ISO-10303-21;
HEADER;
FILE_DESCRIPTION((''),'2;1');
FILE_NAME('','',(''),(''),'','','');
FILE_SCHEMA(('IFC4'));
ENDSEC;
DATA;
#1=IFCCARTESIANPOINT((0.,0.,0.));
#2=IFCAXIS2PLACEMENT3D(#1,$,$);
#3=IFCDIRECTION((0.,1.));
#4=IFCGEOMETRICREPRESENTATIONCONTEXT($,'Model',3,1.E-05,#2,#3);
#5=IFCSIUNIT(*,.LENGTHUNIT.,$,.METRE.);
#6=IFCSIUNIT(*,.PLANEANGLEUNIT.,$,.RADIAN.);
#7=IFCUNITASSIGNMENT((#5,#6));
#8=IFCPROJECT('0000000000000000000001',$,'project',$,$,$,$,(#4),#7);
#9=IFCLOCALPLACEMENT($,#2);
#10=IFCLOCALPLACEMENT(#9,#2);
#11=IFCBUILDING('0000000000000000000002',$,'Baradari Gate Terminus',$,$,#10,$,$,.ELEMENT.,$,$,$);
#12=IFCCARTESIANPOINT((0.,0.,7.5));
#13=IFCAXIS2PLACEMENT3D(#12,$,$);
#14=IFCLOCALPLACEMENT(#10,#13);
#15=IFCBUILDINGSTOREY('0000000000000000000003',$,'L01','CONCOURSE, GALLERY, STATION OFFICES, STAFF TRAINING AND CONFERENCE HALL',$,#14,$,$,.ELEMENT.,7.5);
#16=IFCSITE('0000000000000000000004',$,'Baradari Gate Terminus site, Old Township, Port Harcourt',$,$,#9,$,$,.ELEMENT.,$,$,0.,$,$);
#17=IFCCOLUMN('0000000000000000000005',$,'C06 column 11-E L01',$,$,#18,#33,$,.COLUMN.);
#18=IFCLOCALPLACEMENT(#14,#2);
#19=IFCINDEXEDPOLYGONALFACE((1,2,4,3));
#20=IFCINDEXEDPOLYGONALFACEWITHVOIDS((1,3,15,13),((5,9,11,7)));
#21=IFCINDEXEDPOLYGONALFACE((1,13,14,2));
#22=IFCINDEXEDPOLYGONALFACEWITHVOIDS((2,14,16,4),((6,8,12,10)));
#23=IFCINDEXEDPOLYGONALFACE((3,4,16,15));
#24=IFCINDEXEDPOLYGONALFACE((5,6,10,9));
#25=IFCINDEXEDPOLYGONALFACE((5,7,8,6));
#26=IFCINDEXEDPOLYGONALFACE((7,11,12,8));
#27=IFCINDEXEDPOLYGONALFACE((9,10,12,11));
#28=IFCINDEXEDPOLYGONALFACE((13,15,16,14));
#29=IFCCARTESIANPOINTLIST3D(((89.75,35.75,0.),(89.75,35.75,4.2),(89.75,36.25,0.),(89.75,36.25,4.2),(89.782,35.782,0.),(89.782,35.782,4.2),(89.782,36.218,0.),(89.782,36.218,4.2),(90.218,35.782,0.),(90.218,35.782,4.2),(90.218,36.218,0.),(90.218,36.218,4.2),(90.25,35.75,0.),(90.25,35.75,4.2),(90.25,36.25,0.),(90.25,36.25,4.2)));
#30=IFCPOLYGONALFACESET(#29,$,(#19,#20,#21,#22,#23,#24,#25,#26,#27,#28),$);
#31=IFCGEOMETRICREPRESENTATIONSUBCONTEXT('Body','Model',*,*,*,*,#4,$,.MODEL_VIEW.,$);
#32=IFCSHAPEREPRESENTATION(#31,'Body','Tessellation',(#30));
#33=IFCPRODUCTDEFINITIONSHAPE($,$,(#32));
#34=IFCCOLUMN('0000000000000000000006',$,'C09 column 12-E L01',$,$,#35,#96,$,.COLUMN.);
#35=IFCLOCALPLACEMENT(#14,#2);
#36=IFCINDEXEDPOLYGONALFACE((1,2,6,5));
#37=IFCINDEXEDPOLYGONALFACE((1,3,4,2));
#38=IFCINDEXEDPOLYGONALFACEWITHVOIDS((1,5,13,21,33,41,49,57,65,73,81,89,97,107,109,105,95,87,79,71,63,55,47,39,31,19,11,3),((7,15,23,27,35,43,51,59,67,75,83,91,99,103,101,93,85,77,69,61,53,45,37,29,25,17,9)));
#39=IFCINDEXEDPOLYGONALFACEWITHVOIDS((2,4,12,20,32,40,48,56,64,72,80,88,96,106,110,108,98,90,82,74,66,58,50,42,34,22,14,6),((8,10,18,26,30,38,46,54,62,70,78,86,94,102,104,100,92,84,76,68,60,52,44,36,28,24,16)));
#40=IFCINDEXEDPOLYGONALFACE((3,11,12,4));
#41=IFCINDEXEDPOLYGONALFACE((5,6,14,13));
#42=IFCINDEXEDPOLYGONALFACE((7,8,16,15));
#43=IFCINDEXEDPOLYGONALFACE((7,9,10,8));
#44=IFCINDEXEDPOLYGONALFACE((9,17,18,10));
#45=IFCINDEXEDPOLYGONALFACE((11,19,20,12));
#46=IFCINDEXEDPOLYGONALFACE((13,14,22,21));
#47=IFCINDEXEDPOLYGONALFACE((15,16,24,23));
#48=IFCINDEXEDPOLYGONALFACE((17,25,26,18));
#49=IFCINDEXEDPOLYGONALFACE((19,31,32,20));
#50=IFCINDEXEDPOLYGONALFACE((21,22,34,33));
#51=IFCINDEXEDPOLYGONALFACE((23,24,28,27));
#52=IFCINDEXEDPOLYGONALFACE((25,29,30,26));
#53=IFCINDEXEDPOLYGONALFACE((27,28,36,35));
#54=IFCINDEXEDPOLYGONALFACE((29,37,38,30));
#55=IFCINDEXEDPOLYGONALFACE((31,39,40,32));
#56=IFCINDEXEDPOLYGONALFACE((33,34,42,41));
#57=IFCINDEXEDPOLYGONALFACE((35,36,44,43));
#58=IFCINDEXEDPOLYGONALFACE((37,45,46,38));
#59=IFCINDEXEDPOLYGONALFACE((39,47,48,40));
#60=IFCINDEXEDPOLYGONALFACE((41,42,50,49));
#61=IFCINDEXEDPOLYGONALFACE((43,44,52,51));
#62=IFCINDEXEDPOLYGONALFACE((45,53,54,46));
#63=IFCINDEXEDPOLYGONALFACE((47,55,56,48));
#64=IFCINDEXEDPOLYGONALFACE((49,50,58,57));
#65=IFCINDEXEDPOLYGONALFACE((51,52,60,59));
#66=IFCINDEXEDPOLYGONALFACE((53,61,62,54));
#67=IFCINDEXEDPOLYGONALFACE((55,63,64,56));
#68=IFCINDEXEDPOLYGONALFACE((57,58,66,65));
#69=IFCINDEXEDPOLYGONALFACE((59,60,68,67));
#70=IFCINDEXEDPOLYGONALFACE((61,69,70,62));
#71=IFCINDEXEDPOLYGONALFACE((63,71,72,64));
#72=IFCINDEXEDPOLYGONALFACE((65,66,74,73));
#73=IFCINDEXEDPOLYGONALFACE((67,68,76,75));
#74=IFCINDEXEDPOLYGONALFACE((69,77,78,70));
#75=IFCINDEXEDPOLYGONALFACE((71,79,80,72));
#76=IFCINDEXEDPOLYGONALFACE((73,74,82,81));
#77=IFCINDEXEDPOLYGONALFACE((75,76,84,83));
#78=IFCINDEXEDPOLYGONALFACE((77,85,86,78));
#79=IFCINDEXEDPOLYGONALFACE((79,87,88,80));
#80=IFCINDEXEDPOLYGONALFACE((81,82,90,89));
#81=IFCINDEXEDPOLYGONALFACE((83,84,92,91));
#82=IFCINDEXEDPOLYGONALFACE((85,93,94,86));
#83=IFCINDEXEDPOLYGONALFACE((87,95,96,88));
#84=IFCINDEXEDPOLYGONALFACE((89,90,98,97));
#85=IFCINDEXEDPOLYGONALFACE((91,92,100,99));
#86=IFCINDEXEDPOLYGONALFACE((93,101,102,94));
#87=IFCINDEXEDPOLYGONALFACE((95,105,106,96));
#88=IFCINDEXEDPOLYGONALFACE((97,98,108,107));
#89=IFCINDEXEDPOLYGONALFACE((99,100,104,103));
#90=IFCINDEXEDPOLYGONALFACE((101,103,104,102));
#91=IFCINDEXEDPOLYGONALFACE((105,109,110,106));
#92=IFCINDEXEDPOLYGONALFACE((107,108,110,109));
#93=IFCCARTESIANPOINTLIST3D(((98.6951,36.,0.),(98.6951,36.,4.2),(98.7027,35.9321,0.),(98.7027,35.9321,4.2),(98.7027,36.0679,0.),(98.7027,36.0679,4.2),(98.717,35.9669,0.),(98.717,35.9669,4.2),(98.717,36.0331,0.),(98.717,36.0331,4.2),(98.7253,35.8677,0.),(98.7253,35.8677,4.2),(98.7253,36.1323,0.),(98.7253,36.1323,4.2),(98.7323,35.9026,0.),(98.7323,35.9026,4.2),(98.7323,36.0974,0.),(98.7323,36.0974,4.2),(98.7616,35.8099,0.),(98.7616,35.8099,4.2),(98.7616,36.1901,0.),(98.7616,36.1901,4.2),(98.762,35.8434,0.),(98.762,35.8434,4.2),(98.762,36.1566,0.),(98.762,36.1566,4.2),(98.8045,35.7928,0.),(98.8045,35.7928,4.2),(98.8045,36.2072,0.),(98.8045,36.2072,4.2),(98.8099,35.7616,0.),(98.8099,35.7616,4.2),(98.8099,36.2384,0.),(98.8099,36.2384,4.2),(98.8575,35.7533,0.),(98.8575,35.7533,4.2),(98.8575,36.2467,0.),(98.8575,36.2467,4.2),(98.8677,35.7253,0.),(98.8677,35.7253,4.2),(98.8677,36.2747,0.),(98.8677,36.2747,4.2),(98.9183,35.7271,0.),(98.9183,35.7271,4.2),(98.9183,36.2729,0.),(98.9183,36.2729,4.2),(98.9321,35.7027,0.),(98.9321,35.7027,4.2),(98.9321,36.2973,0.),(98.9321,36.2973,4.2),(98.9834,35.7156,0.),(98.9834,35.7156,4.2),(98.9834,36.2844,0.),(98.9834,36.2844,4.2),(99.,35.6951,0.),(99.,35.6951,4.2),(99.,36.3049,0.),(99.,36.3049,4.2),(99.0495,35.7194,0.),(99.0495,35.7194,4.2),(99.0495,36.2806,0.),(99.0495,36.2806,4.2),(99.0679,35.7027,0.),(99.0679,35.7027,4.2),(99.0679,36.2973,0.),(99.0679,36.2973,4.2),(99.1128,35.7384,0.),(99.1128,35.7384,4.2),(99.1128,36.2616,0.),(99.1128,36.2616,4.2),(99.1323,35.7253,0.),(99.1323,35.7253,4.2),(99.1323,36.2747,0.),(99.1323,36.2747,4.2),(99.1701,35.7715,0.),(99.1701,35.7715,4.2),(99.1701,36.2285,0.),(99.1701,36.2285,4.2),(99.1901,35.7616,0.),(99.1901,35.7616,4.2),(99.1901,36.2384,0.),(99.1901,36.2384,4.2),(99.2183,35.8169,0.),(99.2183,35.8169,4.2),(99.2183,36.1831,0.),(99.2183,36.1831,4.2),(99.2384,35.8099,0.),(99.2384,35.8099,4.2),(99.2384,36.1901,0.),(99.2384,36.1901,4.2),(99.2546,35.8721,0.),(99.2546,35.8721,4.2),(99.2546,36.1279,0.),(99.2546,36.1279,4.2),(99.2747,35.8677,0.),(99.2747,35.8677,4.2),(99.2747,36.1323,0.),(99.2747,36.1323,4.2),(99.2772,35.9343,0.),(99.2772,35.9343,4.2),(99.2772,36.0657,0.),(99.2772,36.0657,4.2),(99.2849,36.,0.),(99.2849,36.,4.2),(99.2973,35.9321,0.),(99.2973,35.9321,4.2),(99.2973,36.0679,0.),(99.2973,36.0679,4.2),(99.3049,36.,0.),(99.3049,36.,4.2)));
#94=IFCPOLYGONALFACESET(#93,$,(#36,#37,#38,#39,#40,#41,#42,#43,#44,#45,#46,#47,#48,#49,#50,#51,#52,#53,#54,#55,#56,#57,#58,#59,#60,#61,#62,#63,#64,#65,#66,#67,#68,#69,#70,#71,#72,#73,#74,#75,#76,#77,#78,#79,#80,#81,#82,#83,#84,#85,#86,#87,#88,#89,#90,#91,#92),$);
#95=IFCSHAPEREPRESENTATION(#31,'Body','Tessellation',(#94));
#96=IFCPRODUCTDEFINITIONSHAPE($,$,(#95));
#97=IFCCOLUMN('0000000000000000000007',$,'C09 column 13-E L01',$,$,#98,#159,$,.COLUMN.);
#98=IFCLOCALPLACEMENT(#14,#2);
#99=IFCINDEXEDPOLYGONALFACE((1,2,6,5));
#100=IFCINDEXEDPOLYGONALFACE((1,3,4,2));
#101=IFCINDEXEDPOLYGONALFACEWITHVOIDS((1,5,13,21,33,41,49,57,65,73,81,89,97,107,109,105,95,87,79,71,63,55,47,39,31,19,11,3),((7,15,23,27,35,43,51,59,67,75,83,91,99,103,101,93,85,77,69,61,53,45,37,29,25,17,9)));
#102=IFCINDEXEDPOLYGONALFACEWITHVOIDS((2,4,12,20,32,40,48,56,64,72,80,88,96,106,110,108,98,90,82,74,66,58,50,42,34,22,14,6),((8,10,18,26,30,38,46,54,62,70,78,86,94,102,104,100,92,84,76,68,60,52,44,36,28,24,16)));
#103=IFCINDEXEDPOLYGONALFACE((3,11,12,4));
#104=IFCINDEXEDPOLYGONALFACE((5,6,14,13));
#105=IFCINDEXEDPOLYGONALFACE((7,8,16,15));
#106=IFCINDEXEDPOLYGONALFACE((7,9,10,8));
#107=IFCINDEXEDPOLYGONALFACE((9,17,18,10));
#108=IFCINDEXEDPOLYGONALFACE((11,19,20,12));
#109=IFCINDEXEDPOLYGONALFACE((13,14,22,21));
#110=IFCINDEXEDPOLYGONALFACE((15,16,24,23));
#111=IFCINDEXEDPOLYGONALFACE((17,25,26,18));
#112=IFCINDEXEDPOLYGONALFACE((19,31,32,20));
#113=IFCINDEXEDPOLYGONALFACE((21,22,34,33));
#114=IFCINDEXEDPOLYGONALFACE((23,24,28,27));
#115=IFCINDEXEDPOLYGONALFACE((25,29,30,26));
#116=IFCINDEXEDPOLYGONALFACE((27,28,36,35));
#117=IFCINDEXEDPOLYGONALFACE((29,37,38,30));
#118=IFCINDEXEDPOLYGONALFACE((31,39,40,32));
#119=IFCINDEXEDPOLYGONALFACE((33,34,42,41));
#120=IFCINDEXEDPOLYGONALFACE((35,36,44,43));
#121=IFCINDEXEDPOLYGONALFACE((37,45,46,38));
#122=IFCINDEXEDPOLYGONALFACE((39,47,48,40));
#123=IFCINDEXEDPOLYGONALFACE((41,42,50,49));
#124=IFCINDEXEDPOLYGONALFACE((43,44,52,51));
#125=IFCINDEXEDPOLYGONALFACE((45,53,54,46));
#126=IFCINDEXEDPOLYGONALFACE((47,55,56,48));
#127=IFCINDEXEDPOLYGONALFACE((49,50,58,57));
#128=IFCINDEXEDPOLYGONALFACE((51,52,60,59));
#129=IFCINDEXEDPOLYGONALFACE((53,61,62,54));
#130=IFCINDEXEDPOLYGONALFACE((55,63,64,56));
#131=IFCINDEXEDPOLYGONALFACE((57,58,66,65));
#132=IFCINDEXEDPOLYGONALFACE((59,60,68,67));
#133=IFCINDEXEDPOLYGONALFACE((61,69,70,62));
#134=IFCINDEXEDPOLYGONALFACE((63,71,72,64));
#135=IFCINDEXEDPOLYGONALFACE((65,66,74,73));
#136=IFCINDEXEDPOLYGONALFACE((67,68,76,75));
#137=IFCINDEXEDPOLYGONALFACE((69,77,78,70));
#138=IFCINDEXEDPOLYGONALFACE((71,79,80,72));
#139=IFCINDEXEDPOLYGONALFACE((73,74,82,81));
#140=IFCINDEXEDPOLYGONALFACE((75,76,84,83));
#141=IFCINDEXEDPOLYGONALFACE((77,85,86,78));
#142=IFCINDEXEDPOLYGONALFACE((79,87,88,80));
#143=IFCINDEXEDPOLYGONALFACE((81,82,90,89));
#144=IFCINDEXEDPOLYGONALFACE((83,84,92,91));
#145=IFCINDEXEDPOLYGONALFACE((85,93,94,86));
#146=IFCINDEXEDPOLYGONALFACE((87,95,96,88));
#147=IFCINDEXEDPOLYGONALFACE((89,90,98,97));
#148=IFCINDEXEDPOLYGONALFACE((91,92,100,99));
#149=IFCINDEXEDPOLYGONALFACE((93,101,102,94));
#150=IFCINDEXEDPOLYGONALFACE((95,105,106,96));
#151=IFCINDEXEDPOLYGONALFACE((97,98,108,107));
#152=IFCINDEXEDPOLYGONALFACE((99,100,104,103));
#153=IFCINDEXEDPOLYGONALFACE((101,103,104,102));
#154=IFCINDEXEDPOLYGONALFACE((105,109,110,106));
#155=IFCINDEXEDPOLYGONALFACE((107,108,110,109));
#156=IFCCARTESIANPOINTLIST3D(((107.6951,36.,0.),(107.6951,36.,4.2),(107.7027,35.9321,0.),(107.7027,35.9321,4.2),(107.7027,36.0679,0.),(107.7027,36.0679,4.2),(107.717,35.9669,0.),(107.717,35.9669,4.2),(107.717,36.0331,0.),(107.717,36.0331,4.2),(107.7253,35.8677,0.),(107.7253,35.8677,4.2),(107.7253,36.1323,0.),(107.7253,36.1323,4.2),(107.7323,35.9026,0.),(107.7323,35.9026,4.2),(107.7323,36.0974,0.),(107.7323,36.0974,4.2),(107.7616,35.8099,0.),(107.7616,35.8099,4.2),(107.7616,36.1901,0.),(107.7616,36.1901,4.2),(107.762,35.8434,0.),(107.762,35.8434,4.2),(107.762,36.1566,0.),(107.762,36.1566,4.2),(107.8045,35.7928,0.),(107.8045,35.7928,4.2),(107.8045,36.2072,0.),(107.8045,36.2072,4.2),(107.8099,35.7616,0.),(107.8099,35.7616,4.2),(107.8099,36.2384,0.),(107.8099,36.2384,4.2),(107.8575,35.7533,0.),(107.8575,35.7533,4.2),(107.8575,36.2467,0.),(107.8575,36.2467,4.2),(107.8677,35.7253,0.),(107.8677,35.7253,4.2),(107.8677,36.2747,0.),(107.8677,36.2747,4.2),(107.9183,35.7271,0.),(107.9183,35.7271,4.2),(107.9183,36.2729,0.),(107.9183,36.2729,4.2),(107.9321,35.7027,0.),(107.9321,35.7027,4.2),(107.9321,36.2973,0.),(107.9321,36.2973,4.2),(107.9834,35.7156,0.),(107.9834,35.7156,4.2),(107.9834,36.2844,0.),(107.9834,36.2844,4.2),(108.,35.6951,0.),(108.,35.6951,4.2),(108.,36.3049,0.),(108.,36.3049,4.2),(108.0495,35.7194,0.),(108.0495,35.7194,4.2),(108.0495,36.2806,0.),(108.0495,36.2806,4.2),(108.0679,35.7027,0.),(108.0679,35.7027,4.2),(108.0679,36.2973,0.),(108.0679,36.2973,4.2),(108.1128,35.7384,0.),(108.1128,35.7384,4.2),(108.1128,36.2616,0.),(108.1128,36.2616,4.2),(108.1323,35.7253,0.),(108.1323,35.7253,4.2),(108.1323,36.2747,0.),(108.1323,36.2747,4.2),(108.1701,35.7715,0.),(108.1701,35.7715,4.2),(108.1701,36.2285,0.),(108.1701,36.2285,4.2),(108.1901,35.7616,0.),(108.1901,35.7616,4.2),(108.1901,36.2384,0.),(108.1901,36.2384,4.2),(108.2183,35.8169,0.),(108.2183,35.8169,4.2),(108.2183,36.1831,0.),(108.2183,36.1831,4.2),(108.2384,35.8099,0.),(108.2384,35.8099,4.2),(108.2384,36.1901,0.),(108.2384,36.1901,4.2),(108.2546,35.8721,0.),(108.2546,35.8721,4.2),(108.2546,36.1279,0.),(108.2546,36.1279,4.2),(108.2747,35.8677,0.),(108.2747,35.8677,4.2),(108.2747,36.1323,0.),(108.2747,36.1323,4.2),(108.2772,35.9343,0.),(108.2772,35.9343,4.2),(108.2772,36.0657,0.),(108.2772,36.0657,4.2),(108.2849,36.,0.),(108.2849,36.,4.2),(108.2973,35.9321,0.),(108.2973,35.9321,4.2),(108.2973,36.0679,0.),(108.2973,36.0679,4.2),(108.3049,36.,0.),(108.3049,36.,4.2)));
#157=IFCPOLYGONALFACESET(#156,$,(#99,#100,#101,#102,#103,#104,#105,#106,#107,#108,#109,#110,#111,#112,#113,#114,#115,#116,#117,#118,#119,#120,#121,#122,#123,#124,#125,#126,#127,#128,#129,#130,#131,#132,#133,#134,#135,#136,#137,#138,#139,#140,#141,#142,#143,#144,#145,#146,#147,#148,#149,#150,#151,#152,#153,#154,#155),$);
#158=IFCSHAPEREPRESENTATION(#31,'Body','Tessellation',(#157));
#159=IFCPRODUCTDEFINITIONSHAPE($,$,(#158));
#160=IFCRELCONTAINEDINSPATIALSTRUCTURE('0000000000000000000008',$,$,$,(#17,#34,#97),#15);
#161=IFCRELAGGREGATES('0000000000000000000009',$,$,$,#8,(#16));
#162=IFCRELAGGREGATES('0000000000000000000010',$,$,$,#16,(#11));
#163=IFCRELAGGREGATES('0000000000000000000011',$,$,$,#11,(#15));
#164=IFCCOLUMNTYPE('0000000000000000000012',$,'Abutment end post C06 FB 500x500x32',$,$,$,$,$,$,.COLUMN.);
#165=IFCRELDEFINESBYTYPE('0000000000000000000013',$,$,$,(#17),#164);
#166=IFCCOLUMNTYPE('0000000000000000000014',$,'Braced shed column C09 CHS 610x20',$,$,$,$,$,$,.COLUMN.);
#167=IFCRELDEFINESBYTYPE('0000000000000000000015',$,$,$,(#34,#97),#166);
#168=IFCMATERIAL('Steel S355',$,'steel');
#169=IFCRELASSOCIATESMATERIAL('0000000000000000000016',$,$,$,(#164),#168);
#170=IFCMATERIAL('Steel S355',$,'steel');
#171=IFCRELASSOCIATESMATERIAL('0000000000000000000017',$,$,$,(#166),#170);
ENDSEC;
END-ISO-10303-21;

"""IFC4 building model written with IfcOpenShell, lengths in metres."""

from ifc_helpers import new_model, si_unit, direction, frame, origin, origin_2d, place, context, subcontext, project, spatial, hollow_rectangle, hollow_circle, extrude, material, material_profile, profile_set, type_object, element, save


model = new_model("IFC4")

# Units and contexts
model_context = context("Model", 3, precision=1e-05, world=origin(), true_north=direction((0.0, 1.0)))
body_context = subcontext(model_context, "Body", "Model", "MODEL_VIEW")
ifc_project = project(units=[si_unit("LENGTHUNIT", "METRE"), si_unit("PLANEANGLEUNIT", "RADIAN")], contexts=[model_context])

# Site, building, storey
site_placement = place(None, origin())
site = spatial("IfcSite", under=ifc_project, at=site_placement, Name="Baradari Gate Terminus site, Old Township, Port Harcourt", CompositionType="ELEMENT", RefElevation=0.0)
building_placement = place(site_placement, origin())
building = spatial("IfcBuilding", under=site, at=building_placement, Name="Baradari Gate Terminus", CompositionType="ELEMENT")
storey_placement = place(building_placement, frame((0.0, 0.0, 7.5)))
storey = spatial("IfcBuildingStorey", under=building, at=storey_placement, Name="L01", Description="CONCOURSE, GALLERY, STATION OFFICES, STAFF TRAINING AND CONFERENCE HALL", CompositionType="ELEMENT", Elevation=7.5)

# Columns
ifc_material_1 = material(Name="Steel S355", Category="steel")
ifc_material_profile_1 = material_profile(ifc_material_1, hollow_rectangle(XDim=0.5, YDim=0.5, WallThickness=0.032, at=origin_2d()), Name="FB 500x500x32")
ifc_profile_set_1 = profile_set([ifc_material_profile_1], Name="Steel S355")
column_type_1 = type_object("IfcColumnType", Name="Abutment end post C06 FB 500x500x32", PredefinedType="COLUMN", material=ifc_profile_set_1)
column_placement = place(storey_placement, frame((90.0, 36.0, 0.0), z_axis=(0.0, 0.0, 1.0), x_axis=(1.0, 0.0, 0.0)))
element("IfcColumn", 1, at=column_placement, inside=storey, type_object=column_type_1, Name="C06 column 11-E L01", PredefinedType="COLUMN", context=body_context, shape_type="SweptSolid", body=[
    extrude(hollow_rectangle(XDim=0.5, YDim=0.5, WallThickness=0.032, at=origin_2d()), origin(), (0.0, 0.0, 1.0), 4.2),
])
ifc_material_2 = material(Name="Steel S355", Category="steel")
ifc_material_profile_2 = material_profile(ifc_material_2, hollow_circle(Radius=0.3049, WallThickness=0.02, at=origin_2d()), Name="CHS 610x20")
ifc_profile_set_2 = profile_set([ifc_material_profile_2], Name="Steel S355")
column_type_2 = type_object("IfcColumnType", Name="Braced shed column C09 CHS 610x20", PredefinedType="COLUMN", material=ifc_profile_set_2)
for number, where, z_axis, x_axis, name in (
    (2, (99.0, 36.0, 0.0), (0.0, 0.0, 1.0), (1.0, 0.0, 0.0), "C09 column 12-E L01"),
    (3, (108.0, 36.0, 0.0), (0.0, 0.0, 1.0), (1.0, 0.0, 0.0), "C09 column 13-E L01"),
):
    element("IfcColumn", number, at=place(storey_placement, frame(where, z_axis=z_axis, x_axis=x_axis)), inside=storey, type_object=column_type_2, Name=name, PredefinedType="COLUMN", context=body_context, shape_type="SweptSolid", body=[
        extrude(hollow_circle(Radius=0.3049, WallThickness=0.02, at=origin_2d()), origin(), (0.0, 0.0, 1.0), 4.2),
    ])

save(model, "model.ifc")
